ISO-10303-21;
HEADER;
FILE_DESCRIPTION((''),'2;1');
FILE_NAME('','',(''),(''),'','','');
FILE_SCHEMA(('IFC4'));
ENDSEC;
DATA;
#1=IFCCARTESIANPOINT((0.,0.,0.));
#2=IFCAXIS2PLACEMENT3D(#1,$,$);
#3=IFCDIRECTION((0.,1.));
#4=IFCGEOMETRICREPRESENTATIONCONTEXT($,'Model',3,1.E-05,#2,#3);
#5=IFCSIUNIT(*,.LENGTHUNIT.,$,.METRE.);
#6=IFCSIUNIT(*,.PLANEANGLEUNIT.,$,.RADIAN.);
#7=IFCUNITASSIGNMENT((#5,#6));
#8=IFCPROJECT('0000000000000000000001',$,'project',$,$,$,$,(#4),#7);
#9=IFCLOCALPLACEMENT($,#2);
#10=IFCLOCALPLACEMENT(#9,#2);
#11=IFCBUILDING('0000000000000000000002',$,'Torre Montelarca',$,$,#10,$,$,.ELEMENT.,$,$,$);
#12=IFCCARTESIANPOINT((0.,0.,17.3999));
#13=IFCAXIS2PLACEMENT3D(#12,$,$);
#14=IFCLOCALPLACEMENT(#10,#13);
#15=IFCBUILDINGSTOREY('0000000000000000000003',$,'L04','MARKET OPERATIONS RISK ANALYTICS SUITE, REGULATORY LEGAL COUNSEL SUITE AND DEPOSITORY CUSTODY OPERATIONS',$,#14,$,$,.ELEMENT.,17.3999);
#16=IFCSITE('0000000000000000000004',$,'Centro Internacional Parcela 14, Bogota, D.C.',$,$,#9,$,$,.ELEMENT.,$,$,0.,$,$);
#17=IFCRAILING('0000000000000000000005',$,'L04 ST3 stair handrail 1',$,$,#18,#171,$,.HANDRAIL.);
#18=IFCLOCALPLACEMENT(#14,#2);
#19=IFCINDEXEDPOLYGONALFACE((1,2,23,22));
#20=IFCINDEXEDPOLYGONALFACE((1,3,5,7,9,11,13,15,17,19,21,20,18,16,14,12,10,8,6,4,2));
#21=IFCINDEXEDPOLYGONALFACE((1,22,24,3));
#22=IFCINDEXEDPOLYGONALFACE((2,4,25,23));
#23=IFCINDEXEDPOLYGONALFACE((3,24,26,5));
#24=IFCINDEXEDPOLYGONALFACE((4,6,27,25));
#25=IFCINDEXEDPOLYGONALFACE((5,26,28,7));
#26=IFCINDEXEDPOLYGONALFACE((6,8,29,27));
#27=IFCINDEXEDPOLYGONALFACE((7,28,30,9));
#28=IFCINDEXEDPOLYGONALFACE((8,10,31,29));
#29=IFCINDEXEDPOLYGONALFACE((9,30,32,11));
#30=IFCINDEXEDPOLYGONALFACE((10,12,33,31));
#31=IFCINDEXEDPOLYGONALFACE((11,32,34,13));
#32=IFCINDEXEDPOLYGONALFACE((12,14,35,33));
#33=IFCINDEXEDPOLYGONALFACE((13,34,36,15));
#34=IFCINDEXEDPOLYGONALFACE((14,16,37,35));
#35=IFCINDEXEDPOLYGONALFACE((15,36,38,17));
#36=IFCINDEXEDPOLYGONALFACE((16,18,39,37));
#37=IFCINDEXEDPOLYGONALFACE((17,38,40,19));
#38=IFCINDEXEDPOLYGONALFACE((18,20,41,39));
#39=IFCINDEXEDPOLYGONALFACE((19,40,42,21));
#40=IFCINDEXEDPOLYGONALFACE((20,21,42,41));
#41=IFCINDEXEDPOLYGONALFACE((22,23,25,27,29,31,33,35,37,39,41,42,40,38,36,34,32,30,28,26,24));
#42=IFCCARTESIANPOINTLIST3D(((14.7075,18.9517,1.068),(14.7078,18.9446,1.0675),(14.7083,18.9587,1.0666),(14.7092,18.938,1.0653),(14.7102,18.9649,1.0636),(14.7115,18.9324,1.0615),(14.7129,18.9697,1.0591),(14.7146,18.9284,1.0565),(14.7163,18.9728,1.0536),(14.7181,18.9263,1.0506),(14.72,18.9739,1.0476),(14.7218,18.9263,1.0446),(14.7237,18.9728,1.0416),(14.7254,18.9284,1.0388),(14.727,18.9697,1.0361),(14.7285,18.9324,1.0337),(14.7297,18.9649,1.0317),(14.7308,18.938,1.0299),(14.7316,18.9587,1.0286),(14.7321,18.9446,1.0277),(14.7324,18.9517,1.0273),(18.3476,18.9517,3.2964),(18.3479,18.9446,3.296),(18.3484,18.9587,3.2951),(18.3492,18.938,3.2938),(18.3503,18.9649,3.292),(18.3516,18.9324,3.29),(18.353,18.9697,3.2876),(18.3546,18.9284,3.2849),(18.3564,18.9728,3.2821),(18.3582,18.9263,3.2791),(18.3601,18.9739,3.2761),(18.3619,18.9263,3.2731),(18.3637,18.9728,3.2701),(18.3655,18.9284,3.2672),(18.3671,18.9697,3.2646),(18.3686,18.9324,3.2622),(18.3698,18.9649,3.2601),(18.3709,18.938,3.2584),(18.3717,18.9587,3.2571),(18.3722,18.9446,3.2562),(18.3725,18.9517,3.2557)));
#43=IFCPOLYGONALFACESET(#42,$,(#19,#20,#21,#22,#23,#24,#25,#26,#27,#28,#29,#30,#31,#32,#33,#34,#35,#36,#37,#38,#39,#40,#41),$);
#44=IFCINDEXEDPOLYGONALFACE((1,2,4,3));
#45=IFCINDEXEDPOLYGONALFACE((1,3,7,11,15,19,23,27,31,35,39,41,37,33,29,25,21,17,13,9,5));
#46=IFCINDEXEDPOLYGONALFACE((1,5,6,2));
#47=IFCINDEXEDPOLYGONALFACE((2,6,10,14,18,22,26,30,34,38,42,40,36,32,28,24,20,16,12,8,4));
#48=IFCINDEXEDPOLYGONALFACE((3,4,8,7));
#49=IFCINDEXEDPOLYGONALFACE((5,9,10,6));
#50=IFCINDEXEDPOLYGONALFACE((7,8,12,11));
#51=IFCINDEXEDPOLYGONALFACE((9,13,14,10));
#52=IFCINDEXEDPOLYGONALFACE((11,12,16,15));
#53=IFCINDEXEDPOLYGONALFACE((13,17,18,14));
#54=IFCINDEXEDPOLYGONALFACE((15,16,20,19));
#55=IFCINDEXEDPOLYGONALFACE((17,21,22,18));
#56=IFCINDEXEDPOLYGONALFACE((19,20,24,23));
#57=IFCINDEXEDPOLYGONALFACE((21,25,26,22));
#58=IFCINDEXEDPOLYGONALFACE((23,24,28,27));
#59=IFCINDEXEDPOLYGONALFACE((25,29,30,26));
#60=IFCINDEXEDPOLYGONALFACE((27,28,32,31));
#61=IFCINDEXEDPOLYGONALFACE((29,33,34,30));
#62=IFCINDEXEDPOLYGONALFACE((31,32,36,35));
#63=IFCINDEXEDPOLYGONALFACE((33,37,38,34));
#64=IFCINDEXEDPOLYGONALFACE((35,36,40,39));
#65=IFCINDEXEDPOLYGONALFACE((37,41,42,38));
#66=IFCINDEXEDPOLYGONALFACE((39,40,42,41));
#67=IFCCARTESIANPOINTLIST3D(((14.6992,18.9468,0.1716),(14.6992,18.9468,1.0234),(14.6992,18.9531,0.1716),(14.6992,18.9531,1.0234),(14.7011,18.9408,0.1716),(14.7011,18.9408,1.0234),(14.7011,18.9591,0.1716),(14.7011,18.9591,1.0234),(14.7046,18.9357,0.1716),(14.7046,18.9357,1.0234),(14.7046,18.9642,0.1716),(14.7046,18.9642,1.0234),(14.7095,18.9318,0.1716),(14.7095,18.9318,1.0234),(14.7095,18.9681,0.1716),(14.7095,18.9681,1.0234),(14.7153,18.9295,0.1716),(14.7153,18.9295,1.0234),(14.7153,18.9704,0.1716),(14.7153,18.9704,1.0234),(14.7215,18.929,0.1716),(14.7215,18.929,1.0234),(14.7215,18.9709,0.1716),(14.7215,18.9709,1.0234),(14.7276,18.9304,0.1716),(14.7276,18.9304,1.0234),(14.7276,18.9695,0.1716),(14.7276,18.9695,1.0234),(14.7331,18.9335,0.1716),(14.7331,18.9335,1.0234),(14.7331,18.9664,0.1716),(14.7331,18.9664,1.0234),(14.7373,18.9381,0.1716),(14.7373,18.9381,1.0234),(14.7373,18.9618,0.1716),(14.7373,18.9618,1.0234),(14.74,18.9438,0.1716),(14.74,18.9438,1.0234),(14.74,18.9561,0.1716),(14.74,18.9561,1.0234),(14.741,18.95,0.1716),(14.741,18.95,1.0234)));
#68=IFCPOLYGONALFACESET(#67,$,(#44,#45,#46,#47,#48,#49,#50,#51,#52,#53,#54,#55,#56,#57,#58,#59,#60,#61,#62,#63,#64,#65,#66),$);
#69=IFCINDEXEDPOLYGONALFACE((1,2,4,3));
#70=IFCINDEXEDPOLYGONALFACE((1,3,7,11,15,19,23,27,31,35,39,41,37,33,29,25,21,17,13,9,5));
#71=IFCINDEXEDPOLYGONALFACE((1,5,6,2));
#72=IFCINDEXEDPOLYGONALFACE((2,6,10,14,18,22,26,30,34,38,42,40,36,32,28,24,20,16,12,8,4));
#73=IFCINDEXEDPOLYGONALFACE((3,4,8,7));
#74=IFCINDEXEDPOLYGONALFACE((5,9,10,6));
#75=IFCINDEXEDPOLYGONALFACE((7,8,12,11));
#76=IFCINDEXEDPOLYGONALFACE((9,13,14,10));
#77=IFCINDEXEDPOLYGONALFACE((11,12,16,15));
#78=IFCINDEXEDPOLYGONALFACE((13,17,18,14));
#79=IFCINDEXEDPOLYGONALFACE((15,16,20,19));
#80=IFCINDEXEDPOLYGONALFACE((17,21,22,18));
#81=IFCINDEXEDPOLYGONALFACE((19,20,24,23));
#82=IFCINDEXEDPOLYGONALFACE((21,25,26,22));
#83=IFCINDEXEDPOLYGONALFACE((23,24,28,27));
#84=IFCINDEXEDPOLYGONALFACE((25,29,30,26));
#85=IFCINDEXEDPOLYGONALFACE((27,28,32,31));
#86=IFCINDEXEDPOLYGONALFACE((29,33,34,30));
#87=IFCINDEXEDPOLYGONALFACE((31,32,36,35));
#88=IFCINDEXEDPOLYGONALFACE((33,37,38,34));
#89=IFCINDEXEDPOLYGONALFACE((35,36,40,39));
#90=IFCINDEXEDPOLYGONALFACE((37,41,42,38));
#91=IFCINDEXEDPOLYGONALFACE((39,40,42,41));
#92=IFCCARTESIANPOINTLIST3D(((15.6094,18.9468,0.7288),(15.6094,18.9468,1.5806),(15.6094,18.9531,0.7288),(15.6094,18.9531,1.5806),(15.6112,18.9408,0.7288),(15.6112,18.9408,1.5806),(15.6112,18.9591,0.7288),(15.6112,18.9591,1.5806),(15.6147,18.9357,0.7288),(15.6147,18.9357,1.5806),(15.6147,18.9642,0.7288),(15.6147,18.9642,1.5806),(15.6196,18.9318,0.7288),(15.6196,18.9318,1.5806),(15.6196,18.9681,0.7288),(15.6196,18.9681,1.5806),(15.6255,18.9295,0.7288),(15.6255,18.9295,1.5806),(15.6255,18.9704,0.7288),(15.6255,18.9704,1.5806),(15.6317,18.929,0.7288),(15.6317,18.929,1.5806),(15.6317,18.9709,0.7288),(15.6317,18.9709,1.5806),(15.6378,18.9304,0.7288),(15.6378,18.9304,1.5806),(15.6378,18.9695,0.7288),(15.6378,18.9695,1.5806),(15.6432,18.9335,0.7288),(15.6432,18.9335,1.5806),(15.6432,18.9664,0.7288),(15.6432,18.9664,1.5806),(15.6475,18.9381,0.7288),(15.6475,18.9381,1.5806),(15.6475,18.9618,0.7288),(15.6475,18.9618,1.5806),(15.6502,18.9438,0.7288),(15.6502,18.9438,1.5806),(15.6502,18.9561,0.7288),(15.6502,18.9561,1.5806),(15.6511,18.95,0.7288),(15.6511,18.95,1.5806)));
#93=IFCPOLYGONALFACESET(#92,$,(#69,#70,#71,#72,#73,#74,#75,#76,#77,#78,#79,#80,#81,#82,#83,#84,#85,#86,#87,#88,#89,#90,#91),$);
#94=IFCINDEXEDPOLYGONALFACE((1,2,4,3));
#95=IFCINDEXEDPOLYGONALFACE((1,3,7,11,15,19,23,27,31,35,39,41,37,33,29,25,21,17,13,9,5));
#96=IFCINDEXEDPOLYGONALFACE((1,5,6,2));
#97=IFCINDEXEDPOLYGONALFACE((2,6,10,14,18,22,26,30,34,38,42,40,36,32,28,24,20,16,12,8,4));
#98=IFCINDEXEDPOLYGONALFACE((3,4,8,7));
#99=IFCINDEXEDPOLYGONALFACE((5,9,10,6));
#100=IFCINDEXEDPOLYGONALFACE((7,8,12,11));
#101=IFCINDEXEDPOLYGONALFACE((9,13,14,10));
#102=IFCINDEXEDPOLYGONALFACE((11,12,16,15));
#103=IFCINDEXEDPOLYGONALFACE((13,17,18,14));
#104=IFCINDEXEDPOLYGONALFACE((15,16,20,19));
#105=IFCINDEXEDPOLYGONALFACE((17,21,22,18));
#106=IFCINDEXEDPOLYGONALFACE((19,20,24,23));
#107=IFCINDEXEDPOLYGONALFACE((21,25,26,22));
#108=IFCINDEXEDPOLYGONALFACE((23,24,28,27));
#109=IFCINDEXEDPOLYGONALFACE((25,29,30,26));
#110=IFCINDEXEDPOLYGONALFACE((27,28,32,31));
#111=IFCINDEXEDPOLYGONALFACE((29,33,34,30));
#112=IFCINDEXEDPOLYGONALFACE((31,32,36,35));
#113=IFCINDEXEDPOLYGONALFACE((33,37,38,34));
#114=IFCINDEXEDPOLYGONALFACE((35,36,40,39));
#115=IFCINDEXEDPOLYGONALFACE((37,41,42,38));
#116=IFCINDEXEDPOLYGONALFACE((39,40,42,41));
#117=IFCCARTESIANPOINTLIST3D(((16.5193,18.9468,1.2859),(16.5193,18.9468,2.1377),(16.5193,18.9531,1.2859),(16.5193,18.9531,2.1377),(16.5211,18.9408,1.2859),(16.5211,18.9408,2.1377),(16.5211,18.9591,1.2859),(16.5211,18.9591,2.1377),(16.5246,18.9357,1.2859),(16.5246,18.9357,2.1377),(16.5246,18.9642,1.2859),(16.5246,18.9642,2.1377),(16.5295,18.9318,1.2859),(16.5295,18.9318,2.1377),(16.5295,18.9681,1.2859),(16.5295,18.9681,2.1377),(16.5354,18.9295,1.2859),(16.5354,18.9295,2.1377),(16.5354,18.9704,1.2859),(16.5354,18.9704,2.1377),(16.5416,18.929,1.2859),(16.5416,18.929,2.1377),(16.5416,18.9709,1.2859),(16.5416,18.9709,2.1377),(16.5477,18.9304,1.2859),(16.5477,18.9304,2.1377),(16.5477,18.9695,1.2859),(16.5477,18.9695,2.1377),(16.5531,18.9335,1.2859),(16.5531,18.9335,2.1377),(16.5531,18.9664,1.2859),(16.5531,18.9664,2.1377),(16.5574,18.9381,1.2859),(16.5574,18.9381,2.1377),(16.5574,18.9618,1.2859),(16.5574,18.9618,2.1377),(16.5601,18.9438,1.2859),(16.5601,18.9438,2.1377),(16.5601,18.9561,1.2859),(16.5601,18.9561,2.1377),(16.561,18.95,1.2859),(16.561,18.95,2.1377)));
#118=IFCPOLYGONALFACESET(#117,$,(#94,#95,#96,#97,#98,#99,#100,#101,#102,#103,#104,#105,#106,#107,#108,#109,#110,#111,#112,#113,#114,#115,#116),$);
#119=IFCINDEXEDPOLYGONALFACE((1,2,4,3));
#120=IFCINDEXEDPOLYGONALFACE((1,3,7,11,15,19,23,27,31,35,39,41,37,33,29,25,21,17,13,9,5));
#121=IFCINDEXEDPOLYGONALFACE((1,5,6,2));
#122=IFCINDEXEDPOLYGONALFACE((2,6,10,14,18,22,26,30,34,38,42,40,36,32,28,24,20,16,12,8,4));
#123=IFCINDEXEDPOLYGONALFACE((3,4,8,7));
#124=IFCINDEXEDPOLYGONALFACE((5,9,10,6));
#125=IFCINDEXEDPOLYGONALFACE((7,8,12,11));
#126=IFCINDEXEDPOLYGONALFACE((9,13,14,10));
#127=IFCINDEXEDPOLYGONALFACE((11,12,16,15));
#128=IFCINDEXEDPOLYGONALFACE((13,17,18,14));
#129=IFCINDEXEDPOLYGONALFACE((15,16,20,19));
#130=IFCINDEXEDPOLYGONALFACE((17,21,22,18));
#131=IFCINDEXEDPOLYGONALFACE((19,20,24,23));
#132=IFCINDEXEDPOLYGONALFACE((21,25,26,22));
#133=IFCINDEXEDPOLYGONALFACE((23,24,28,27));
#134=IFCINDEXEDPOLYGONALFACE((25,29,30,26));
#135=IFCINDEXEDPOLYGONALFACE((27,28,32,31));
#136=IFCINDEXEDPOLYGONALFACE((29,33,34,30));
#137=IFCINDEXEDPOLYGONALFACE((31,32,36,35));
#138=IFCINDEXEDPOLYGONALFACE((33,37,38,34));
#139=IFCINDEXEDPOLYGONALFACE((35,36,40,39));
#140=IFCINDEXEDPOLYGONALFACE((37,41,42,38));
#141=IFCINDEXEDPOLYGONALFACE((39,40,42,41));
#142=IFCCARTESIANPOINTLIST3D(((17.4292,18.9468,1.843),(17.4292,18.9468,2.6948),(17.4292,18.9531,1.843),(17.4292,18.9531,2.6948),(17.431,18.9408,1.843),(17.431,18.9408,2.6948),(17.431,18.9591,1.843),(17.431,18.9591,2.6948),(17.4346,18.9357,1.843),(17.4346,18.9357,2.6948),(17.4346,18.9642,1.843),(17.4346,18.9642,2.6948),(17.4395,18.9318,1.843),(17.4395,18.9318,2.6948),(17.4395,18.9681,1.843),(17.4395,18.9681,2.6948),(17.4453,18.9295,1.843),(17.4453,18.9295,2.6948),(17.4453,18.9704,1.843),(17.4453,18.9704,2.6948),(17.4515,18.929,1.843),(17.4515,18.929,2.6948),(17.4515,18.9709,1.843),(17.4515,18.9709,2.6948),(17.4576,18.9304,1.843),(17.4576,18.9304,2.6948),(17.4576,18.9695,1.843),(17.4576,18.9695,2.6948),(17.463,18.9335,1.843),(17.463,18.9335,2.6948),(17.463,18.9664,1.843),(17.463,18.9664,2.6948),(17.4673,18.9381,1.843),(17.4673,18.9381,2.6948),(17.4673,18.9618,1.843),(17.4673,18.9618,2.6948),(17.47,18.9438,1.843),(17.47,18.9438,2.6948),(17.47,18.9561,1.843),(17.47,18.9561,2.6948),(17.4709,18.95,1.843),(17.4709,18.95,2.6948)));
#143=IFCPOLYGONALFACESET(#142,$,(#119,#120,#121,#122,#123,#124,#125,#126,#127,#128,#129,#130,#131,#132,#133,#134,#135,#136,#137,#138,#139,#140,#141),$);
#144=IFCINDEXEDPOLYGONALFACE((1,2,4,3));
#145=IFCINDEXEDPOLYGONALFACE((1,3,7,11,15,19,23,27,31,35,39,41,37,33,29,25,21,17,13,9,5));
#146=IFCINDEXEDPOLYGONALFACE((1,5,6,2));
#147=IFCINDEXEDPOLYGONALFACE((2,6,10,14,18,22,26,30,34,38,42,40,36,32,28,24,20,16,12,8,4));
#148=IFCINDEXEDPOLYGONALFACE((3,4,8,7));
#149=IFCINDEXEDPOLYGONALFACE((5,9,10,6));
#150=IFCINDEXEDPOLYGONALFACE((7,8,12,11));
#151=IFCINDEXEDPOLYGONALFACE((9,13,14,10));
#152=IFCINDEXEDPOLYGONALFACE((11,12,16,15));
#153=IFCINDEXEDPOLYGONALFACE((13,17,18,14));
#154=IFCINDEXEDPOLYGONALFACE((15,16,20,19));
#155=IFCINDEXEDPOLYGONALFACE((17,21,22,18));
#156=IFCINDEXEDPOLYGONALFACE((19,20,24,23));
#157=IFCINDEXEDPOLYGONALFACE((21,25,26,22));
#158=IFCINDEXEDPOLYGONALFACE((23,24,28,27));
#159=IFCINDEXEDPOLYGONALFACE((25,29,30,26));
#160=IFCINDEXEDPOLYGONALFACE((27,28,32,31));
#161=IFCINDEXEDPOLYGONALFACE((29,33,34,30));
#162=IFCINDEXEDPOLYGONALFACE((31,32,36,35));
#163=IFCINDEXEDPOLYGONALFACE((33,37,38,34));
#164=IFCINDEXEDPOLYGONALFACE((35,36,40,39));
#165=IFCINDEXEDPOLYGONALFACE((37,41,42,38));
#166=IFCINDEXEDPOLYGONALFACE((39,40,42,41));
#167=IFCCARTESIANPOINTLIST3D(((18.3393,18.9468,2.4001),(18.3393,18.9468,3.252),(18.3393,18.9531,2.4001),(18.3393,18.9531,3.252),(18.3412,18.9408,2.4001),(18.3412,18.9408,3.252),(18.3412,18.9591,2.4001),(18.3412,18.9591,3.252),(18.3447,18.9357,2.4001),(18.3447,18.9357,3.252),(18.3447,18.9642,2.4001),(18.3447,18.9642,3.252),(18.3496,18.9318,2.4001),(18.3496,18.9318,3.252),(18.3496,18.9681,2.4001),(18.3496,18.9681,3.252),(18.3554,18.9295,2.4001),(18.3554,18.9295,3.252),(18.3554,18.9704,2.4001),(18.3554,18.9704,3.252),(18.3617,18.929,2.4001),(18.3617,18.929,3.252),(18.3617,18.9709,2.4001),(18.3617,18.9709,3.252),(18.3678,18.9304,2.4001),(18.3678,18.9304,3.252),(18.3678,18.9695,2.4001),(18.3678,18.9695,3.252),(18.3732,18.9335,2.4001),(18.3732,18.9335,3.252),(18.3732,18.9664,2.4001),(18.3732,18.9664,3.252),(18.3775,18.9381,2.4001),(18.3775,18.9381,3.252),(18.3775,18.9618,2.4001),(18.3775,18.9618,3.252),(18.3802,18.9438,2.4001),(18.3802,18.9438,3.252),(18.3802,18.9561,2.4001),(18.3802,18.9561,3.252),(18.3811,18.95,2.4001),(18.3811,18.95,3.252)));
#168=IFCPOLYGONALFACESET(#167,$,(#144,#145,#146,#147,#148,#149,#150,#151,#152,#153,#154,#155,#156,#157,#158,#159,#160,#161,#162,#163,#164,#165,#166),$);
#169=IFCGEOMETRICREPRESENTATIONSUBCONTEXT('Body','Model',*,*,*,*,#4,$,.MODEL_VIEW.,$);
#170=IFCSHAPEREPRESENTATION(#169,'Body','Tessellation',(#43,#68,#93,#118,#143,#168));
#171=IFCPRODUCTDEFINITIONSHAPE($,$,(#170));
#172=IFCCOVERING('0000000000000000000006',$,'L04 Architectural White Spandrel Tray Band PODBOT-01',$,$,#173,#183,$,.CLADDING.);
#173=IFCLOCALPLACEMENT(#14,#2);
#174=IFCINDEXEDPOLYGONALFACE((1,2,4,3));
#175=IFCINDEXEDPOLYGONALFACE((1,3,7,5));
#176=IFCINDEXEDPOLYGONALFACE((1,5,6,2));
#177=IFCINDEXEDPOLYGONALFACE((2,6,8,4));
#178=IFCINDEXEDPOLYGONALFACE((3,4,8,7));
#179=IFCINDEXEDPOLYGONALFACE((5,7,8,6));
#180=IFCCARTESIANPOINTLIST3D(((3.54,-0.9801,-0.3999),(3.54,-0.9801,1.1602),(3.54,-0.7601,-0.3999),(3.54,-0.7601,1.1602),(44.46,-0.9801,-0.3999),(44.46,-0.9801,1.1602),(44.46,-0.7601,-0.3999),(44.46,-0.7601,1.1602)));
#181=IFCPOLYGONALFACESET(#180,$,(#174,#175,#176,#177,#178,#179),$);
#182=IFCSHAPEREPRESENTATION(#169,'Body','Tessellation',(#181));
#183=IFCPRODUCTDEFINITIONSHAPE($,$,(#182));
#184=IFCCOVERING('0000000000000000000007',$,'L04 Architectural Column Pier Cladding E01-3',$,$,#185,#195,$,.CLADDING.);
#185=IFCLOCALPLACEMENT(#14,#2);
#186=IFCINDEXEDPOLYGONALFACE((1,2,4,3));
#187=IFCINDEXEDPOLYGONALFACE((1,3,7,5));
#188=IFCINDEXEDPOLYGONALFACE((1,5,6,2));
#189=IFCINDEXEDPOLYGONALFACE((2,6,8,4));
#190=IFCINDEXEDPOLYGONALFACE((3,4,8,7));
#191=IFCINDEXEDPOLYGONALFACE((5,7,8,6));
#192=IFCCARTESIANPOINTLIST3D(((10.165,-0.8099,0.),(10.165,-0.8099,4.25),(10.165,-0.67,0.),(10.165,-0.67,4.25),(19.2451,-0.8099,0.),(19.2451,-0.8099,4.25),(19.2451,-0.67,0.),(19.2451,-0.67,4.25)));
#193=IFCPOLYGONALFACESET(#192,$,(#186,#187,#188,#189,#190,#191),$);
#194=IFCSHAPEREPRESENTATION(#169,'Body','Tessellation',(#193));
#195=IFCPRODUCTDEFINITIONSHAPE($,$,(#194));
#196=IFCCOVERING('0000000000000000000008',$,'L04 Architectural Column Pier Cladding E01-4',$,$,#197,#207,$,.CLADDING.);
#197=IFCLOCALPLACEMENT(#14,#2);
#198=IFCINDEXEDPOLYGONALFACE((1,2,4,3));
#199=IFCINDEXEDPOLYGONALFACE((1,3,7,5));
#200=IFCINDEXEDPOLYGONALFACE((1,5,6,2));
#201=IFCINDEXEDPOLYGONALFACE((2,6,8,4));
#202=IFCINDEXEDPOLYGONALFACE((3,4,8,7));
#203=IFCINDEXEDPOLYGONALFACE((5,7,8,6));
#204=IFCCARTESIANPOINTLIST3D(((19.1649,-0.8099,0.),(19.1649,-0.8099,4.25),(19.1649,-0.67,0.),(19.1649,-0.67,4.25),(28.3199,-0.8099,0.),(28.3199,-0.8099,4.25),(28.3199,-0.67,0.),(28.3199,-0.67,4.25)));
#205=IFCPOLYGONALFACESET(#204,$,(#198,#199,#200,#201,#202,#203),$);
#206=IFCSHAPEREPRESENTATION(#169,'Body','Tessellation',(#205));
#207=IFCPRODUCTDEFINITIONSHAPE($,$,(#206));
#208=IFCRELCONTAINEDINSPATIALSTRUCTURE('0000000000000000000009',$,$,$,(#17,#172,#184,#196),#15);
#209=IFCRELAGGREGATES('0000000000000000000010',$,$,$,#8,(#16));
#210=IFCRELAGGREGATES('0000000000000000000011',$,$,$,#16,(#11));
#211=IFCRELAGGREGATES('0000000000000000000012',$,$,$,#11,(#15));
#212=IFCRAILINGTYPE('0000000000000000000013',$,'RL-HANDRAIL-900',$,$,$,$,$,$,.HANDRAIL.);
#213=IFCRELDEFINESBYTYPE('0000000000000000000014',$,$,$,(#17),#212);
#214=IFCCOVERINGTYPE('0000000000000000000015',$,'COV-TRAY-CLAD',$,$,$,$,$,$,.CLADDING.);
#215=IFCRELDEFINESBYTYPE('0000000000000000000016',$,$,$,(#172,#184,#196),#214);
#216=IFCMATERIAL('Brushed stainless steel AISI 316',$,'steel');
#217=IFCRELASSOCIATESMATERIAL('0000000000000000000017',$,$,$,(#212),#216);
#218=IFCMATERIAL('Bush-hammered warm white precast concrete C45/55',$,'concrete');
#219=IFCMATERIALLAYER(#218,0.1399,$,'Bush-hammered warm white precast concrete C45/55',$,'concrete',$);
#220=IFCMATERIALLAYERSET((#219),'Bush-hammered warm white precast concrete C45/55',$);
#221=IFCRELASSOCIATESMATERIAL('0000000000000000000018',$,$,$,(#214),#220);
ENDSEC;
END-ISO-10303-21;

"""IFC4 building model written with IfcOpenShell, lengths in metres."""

from ifc_helpers import new_model, si_unit, direction, frame, origin, origin_2d, place, context, subcontext, project, spatial, rectangle, circle, extrude, source, transform, mapped, material, layer, layer_set, type_object, element, save


model = new_model("IFC4")

# Units and contexts
model_context = context("Model", 3, precision=1e-05, world=origin(), true_north=direction((0.0, 1.0)))
body_context = subcontext(model_context, "Body", "Model", "MODEL_VIEW")
ifc_project = project(units=[si_unit("LENGTHUNIT", "METRE"), si_unit("PLANEANGLEUNIT", "RADIAN")], contexts=[model_context])

# Site, building, storey
site_placement = place(None, origin())
site = spatial("IfcSite", under=ifc_project, at=site_placement, Name="Centro Internacional Parcela 14, Bogota, D.C.", CompositionType="ELEMENT", RefElevation=0.0)
building_placement = place(site_placement, origin())
building = spatial("IfcBuilding", under=site, at=building_placement, Name="Torre Montelarca", CompositionType="ELEMENT")
storey_placement = place(building_placement, frame((0.0, 0.0, 17.3999)))
storey = spatial("IfcBuildingStorey", under=building, at=storey_placement, Name="L04", Description="MARKET OPERATIONS RISK ANALYTICS SUITE, REGULATORY LEGAL COUNSEL SUITE AND DEPOSITORY CUSTODY OPERATIONS", CompositionType="ELEMENT", Elevation=17.3999)

# Railing
ifc_material_1 = material(Name="Brushed stainless steel AISI 316", Category="steel")
railing_type = type_object("IfcRailingType", Name="RL-HANDRAIL-900", PredefinedType="HANDRAIL", material=ifc_material_1)
railing_placement = place(storey_placement, frame((14.72, 18.95, 0.1716)))
element("IfcRailing", 1, at=railing_placement, inside=storey, type_object=railing_type, Name="L04 ST3 stair handrail 1", PredefinedType="HANDRAIL", context=body_context, shape_type="SweptSolid", body=[
    extrude(circle(Radius=0.0239, at=origin_2d()), frame((0.0, 0.0, 0.876), z_axis=(0.852866, 0.0, 0.52213), x_axis=(0.0, 1.0, 0.0)), (0.0, 0.0, 1.0), 4.2681),
    extrude(circle(Radius=0.021, at=origin_2d()), origin(), (0.0, 0.0, 1.0), 0.8518),
    extrude(circle(Radius=0.021, at=origin_2d()), frame((0.9102, 0.0, 0.5571)), (0.0, 0.0, 1.0), 0.8518),
    extrude(circle(Radius=0.021, at=origin_2d()), frame((1.8201, 0.0, 1.1143)), (0.0, 0.0, 1.0), 0.8518),
    extrude(circle(Radius=0.021, at=origin_2d()), frame((2.73, 0.0, 1.6714)), (0.0, 0.0, 1.0), 0.8518),
    extrude(circle(Radius=0.021, at=origin_2d()), frame((3.6401, 0.0, 2.2285)), (0.0, 0.0, 1.0), 0.8518),
])

# Coverings
ifc_material_2 = material(Name="Bush-hammered warm white precast concrete C45/55", Category="concrete")
ifc_layer_1 = layer(ifc_material_2, 0.1399, Name="Bush-hammered warm white precast concrete C45/55", Category="concrete")
ifc_layer_set_1 = layer_set([ifc_layer_1], Name="Bush-hammered warm white precast concrete C45/55")
covering_type = type_object("IfcCoveringType", Name="COV-TRAY-CLAD", PredefinedType="CLADDING", material=ifc_layer_set_1)
shared_shape_1 = source(origin(), body_context, "Body", "SweptSolid", [
    extrude(rectangle(XDim=40.9199, YDim=0.22, at=origin_2d()), origin(), (0.0, 0.0, 1.0), 1.5601),
])
covering_1_placement = place(storey_placement, frame((24.0, -0.8701, -0.3999), z_axis=(0.0, 0.0, 1.0), x_axis=(1.0, 0.0, 0.0)))
element("IfcCovering", 2, at=covering_1_placement, inside=storey, type_object=covering_type, Name="L04 Architectural White Spandrel Tray Band PODBOT-01", PredefinedType="CLADDING", context=body_context, shape_type="MappedRepresentation", body=[
    mapped(shared_shape_1, transform((0.0, 0.0, 0.0), scale=1.0)),
])
shared_shape_2 = source(origin(), body_context, "Body", "SweptSolid", [
    extrude(rectangle(XDim=9.0801, YDim=0.1399, at=origin_2d()), origin(), (0.0, 0.0, 1.0), 4.25),
])
covering_2_placement = place(storey_placement, frame((14.7051, -0.74, 0.0), z_axis=(0.0, 0.0, 1.0), x_axis=(1.0, 0.0, 0.0)))
element("IfcCovering", 3, at=covering_2_placement, inside=storey, type_object=covering_type, Name="L04 Architectural Column Pier Cladding E01-3", PredefinedType="CLADDING", context=body_context, shape_type="MappedRepresentation", body=[
    mapped(shared_shape_2, transform((0.0, 0.0, 0.0), scale=1.0)),
])
shared_shape_3 = source(origin(), body_context, "Body", "SweptSolid", [
    extrude(rectangle(XDim=9.155, YDim=0.1399, at=origin_2d()), origin(), (0.0, 0.0, 1.0), 4.25),
])
covering_3_placement = place(storey_placement, frame((23.7424, -0.74, 0.0), z_axis=(0.0, 0.0, 1.0), x_axis=(1.0, 0.0, 0.0)))
element("IfcCovering", 4, at=covering_3_placement, inside=storey, type_object=covering_type, Name="L04 Architectural Column Pier Cladding E01-4", PredefinedType="CLADDING", context=body_context, shape_type="MappedRepresentation", body=[
    mapped(shared_shape_3, transform((0.0, 0.0, 0.0), scale=1.0)),
])

save(model, "model.ifc")
